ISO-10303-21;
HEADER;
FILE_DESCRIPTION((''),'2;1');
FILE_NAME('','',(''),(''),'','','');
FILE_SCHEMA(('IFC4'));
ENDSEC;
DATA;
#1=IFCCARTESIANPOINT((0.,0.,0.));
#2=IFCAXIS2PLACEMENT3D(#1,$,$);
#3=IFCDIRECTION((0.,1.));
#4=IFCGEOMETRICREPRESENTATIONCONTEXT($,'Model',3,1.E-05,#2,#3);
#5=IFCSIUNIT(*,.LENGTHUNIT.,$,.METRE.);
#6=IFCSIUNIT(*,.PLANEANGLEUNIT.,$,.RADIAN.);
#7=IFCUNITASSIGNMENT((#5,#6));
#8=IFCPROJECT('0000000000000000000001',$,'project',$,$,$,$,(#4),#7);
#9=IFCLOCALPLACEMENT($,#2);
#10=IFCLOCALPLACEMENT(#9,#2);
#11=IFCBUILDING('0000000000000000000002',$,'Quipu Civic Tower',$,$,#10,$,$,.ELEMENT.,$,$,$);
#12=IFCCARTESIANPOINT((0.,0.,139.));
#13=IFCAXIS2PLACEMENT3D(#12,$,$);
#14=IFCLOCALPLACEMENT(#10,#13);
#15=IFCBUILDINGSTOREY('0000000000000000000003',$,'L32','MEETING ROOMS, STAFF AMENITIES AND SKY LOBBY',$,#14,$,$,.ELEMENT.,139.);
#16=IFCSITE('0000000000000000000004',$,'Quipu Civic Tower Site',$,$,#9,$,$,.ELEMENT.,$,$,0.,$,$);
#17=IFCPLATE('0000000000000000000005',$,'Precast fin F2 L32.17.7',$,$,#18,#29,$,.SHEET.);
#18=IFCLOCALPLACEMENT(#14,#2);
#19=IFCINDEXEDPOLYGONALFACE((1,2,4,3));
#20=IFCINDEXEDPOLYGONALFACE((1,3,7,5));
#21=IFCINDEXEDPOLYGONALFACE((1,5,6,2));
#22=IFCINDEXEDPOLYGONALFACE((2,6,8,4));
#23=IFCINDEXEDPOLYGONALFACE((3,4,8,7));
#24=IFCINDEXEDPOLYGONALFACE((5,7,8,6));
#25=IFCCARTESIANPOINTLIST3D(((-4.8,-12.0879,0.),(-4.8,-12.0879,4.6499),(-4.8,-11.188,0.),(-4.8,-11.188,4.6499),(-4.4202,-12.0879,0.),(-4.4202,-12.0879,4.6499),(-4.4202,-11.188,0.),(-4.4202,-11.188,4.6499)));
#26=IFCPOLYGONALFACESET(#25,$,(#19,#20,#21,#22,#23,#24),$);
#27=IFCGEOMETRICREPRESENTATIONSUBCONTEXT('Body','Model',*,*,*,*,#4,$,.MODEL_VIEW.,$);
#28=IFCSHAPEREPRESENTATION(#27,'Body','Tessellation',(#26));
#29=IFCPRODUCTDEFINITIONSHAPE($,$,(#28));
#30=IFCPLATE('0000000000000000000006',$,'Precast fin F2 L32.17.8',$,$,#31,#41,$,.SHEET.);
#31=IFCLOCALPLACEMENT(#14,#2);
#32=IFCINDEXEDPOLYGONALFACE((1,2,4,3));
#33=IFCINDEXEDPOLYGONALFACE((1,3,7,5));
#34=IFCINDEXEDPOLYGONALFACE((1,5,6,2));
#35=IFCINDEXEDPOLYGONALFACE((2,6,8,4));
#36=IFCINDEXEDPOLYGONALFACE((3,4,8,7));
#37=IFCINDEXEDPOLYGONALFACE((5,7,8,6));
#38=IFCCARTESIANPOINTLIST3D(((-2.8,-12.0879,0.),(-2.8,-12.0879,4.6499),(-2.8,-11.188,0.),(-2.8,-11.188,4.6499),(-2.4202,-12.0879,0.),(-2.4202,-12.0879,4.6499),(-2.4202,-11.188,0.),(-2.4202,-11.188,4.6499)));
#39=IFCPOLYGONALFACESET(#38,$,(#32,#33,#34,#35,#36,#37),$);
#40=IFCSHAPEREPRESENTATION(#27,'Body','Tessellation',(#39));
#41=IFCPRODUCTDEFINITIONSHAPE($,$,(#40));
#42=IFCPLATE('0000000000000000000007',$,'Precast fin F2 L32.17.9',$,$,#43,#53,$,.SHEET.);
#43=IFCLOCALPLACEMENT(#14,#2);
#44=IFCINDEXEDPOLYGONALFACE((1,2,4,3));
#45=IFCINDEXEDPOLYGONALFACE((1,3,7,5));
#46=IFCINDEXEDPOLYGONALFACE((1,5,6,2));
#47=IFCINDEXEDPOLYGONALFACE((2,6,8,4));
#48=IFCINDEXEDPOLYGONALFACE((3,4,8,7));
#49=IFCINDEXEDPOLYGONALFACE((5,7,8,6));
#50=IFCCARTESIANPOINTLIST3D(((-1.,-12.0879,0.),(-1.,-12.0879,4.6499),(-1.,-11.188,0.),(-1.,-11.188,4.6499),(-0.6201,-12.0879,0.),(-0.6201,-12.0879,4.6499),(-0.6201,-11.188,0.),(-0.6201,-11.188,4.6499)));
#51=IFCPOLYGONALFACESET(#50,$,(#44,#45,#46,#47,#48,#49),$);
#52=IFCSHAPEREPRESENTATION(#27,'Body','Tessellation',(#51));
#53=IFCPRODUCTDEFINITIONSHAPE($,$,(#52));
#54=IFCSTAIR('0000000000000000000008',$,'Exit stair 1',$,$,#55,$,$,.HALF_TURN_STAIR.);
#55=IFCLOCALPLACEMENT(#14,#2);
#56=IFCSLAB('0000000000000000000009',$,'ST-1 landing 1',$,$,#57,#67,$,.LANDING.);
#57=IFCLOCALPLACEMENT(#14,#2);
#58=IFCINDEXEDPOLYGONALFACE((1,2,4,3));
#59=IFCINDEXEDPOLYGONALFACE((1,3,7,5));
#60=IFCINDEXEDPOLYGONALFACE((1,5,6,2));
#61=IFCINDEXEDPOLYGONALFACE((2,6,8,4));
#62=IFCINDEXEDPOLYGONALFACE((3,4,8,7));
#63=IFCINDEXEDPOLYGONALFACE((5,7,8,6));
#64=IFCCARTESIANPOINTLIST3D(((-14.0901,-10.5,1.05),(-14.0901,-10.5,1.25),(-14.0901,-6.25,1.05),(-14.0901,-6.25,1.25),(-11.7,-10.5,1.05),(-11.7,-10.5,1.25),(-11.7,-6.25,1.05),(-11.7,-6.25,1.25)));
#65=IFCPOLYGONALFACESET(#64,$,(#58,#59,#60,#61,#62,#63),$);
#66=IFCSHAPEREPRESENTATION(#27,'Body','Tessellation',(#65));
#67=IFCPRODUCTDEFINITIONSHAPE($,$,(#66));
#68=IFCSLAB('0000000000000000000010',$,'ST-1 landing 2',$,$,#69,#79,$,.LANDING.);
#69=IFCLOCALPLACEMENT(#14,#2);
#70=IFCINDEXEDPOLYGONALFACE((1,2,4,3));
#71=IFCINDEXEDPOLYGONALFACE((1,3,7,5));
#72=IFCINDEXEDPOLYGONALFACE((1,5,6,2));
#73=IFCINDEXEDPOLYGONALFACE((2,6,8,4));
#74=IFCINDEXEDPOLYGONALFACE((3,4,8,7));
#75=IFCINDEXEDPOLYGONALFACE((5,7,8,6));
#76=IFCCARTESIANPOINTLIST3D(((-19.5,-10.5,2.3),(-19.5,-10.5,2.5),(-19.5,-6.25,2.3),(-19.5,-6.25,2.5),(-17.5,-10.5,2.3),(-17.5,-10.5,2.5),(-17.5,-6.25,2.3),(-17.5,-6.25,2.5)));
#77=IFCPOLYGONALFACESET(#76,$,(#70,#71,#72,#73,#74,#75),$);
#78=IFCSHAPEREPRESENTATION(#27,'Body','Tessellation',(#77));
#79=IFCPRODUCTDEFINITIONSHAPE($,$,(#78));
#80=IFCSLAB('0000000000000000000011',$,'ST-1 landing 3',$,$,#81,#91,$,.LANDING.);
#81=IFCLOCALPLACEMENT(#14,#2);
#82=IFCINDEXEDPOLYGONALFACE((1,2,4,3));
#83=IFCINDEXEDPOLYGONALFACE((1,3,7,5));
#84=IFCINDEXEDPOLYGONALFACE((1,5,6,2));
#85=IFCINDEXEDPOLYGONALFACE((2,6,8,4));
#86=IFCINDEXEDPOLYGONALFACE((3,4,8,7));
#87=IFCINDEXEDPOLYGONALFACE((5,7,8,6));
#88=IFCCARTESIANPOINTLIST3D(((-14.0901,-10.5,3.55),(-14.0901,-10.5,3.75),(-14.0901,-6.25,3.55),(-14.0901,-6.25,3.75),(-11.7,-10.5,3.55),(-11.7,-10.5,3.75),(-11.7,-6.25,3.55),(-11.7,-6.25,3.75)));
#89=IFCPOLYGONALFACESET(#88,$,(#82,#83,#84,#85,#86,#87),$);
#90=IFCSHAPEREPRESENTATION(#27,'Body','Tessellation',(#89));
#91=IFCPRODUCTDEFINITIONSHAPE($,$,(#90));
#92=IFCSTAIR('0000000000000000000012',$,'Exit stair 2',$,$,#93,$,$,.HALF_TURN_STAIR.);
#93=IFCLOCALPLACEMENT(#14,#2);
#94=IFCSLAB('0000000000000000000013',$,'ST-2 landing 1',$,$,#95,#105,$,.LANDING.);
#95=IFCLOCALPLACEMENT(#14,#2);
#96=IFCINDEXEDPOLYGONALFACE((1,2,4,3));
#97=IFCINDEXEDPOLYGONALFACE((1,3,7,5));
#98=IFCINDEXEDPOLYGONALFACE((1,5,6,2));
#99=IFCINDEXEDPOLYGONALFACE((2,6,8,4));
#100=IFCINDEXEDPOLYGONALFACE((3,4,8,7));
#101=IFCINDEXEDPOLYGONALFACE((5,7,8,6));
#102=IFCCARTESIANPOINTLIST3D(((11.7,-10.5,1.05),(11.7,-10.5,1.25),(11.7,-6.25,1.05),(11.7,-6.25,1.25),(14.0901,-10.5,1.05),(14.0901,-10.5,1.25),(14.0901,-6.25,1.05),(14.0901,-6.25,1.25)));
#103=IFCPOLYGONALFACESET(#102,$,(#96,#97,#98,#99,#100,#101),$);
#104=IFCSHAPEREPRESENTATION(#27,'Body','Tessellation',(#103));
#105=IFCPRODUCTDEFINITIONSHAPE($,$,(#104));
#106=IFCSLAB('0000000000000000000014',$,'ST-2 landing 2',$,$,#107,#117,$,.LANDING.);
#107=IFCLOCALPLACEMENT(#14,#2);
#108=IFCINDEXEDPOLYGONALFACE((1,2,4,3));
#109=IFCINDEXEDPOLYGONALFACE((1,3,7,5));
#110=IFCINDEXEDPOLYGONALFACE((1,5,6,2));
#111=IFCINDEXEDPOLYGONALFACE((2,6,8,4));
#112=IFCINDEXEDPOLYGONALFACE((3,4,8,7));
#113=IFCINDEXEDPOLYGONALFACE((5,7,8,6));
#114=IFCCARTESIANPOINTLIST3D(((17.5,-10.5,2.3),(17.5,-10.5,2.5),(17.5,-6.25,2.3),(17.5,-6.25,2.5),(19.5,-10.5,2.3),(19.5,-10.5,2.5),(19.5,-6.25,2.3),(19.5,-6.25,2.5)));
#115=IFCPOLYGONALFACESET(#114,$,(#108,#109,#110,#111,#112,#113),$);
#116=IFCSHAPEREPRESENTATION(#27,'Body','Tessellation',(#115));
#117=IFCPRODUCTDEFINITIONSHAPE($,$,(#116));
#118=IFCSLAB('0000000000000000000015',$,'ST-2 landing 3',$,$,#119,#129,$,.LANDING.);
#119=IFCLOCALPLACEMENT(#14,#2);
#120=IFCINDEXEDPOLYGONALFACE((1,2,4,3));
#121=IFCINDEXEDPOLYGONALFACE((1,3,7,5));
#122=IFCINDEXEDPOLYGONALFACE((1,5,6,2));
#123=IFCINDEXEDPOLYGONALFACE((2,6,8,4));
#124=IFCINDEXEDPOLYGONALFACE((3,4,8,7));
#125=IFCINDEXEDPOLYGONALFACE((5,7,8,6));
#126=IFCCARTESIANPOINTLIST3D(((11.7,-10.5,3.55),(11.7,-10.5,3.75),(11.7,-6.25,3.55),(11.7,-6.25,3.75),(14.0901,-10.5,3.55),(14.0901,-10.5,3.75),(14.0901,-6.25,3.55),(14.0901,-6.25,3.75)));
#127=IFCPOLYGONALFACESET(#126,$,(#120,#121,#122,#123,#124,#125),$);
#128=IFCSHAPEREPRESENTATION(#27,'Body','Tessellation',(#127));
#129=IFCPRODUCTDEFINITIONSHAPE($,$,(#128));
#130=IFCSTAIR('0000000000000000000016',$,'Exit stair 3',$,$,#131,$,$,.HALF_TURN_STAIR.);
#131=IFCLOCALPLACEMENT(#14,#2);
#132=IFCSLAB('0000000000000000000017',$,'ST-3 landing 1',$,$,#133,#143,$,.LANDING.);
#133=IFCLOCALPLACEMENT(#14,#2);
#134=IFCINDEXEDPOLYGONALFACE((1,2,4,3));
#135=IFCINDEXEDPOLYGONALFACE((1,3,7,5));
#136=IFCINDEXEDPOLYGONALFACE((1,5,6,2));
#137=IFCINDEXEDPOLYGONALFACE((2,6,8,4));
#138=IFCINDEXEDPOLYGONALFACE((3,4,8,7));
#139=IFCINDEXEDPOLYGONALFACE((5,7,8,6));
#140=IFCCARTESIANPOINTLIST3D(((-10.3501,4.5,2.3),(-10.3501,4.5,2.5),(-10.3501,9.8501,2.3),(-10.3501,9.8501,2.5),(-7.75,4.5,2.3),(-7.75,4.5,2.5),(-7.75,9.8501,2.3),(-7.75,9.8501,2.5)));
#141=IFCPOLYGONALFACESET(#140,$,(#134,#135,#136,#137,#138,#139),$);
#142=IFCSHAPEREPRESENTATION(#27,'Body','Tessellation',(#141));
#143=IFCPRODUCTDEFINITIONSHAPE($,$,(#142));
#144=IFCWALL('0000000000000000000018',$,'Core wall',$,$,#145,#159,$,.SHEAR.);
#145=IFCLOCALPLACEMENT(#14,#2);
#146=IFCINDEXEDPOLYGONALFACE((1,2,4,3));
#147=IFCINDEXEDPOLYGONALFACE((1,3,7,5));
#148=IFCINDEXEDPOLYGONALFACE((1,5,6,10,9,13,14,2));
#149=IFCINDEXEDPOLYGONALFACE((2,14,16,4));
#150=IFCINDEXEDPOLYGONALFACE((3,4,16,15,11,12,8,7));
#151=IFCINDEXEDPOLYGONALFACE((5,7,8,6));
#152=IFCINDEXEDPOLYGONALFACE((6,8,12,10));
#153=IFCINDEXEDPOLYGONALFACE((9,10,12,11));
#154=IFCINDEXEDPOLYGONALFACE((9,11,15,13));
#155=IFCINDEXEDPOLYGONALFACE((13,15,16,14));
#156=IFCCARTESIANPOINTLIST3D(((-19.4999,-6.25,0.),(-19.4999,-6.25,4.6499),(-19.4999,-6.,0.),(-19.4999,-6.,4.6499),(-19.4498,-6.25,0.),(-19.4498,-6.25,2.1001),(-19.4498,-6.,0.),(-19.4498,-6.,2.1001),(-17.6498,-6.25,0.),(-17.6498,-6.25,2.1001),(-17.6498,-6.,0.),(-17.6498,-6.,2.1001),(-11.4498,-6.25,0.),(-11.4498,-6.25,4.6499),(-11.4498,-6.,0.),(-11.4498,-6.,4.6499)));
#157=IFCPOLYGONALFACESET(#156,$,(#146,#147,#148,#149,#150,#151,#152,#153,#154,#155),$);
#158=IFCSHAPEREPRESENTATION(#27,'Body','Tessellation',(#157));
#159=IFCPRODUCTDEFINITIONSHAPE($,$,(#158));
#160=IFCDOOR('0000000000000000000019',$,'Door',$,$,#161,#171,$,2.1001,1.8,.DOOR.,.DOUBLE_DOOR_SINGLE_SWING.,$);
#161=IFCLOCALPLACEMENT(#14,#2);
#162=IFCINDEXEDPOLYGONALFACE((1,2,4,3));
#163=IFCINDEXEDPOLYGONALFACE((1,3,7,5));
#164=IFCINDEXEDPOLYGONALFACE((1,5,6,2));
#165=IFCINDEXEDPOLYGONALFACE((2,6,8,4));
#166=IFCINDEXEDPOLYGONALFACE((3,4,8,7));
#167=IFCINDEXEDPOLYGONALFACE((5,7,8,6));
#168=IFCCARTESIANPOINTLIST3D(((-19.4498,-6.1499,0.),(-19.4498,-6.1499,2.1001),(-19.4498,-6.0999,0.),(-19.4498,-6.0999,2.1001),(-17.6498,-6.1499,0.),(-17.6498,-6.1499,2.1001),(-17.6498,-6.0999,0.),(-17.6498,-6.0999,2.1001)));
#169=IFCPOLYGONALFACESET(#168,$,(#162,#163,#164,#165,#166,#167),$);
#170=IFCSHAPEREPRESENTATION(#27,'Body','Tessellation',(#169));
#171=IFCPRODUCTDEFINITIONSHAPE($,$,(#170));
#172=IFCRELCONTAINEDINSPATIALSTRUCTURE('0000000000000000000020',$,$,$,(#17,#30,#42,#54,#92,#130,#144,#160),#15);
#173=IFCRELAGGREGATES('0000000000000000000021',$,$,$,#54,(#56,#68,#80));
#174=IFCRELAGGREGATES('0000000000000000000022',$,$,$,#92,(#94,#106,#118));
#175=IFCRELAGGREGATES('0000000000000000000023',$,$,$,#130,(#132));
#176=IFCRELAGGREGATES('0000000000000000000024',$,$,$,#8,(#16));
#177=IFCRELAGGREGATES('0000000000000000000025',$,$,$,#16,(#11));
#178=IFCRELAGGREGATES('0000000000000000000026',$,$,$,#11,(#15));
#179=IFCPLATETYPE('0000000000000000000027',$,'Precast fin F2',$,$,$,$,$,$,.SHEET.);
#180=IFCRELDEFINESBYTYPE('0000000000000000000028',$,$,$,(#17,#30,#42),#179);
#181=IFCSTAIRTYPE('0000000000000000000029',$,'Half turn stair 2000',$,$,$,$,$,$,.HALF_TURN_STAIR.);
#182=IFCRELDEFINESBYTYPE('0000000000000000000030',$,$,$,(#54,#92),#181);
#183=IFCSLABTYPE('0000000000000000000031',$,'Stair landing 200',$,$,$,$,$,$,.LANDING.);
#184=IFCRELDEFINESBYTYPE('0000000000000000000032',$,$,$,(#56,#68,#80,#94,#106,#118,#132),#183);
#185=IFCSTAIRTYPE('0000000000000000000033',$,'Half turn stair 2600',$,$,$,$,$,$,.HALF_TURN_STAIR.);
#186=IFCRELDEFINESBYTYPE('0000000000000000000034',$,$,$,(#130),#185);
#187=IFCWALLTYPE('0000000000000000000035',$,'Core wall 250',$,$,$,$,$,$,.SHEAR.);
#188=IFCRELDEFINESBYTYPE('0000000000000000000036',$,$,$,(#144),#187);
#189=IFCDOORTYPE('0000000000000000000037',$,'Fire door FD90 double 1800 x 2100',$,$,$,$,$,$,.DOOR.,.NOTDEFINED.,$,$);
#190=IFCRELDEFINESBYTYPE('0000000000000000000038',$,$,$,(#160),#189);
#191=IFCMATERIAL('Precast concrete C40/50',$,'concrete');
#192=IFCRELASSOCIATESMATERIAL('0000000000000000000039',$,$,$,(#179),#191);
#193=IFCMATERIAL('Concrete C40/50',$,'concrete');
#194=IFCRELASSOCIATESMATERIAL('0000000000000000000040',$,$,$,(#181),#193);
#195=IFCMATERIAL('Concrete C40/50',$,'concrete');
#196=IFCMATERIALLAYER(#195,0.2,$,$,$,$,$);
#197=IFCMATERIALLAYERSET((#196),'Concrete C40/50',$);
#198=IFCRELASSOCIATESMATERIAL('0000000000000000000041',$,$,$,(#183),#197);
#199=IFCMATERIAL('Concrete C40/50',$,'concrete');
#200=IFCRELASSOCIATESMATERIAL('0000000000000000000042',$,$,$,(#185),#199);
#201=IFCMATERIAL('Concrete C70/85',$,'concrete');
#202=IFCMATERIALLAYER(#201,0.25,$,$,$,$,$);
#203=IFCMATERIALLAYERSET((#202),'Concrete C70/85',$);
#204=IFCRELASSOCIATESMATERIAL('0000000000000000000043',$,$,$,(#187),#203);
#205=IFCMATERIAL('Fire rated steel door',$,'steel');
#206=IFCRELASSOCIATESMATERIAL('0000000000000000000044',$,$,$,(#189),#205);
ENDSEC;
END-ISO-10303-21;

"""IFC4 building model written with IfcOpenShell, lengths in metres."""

from ifc_helpers import new_model, si_unit, direction, frame, frame_2d, origin, origin_2d, place, context, subcontext, project, spatial, polyline, rectangle, outline, extrude, material, layer, layer_set, type_object, element, fill, aggregate, save


model = new_model("IFC4")

# Units and contexts
model_context = context("Model", 3, precision=1e-05, world=origin(), true_north=direction((0.0, 1.0)))
body_context = subcontext(model_context, "Body", "Model", "MODEL_VIEW")
ifc_project = project(units=[si_unit("LENGTHUNIT", "METRE"), si_unit("PLANEANGLEUNIT", "RADIAN")], contexts=[model_context])

# Site, building, storey
site_placement = place(None, origin())
site = spatial("IfcSite", under=ifc_project, at=site_placement, Name="Quipu Civic Tower Site", CompositionType="ELEMENT", RefElevation=0.0)
building_placement = place(site_placement, origin())
building = spatial("IfcBuilding", under=site, at=building_placement, Name="Quipu Civic Tower", CompositionType="ELEMENT")
storey_placement = place(building_placement, frame((0.0, 0.0, 139.0)))
storey = spatial("IfcBuildingStorey", under=building, at=storey_placement, Name="L32", Description="MEETING ROOMS, STAFF AMENITIES AND SKY LOBBY", CompositionType="ELEMENT", Elevation=139.0)

# Plates
ifc_material_1 = material(Name="Precast concrete C40/50", Category="concrete")
plate_type = type_object("IfcPlateType", Name="Precast fin F2", PredefinedType="SHEET", material=ifc_material_1)
for number, where, z_axis, x_axis, name in (
    (1, (-4.6101, -11.6379, 0.0), (0.0, 0.0, 1.0), (1.0, 0.0, 0.0), "Precast fin F2 L32.17.7"),
    (2, (-2.6101, -11.6379, 0.0), (0.0, 0.0, 1.0), (1.0, 0.0, 0.0), "Precast fin F2 L32.17.8"),
    (3, (-0.8101, -11.6379, 0.0), (0.0, 0.0, 1.0), (1.0, 0.0, 0.0), "Precast fin F2 L32.17.9"),
):
    element("IfcPlate", number, at=place(storey_placement, frame(where, z_axis=z_axis, x_axis=x_axis)), inside=storey, type_object=plate_type, Name=name, PredefinedType="SHEET", context=body_context, shape_type="SweptSolid", body=[
        extrude(rectangle(XDim=0.3799, YDim=0.8999, at=origin_2d()), origin(), (0.0, 0.0, 1.0), 4.6499),
    ])

# Stairs, slabs
ifc_material_2 = material(Name="Concrete C40/50", Category="concrete")
stair_type_1 = type_object("IfcStairType", Name="Half turn stair 2000", PredefinedType="HALF_TURN_STAIR", material=ifc_material_2)
stair_1_placement = place(storey_placement, origin())
stair_1 = element("IfcStair", 4, at=stair_1_placement, inside=storey, type_object=stair_type_1, Name="Exit stair 1", PredefinedType="HALF_TURN_STAIR")
ifc_material_3 = material(Name="Concrete C40/50", Category="concrete")
ifc_layer_1 = layer(ifc_material_3, 0.2)
ifc_layer_set_1 = layer_set([ifc_layer_1], Name="Concrete C40/50")
slab_type_1 = type_object("IfcSlabType", Name="Stair landing 200", PredefinedType="LANDING", material=ifc_layer_set_1)
slab_1_placement = place(storey_placement, frame((0.0, 0.0, 1.05)))
slab_1 = element("IfcSlab", 5, at=slab_1_placement, type_object=slab_type_1, Name="ST-1 landing 1", PredefinedType="LANDING", context=body_context, shape_type="SweptSolid", body=[
    extrude(outline(polyline([(-14.0901, -10.5), (-11.7, -10.5), (-11.7, -6.25), (-14.0901, -6.25), (-14.0901, -10.5)])), origin(), (0.0, 0.0, 1.0), 0.2),
])
slab_2_placement = place(storey_placement, frame((0.0, 0.0, 2.3)))
slab_2 = element("IfcSlab", 6, at=slab_2_placement, type_object=slab_type_1, Name="ST-1 landing 2", PredefinedType="LANDING", context=body_context, shape_type="SweptSolid", body=[
    extrude(outline(polyline([(-19.5, -10.5), (-17.5, -10.5), (-17.5, -6.25), (-19.5, -6.25), (-19.5, -10.5)])), origin(), (0.0, 0.0, 1.0), 0.2),
])
slab_3_placement = place(storey_placement, frame((0.0, 0.0, 3.55)))
slab_3 = element("IfcSlab", 7, at=slab_3_placement, type_object=slab_type_1, Name="ST-1 landing 3", PredefinedType="LANDING", context=body_context, shape_type="SweptSolid", body=[
    extrude(outline(polyline([(-14.0901, -10.5), (-11.7, -10.5), (-11.7, -6.25), (-14.0901, -6.25), (-14.0901, -10.5)])), origin(), (0.0, 0.0, 1.0), 0.2),
])
aggregate(stair_1, [slab_1, slab_2, slab_3])
stair_2_placement = place(storey_placement, origin())
stair_2 = element("IfcStair", 8, at=stair_2_placement, inside=storey, type_object=stair_type_1, Name="Exit stair 2", PredefinedType="HALF_TURN_STAIR")
slab_4_placement = place(storey_placement, frame((0.0, 0.0, 1.05)))
slab_4 = element("IfcSlab", 9, at=slab_4_placement, type_object=slab_type_1, Name="ST-2 landing 1", PredefinedType="LANDING", context=body_context, shape_type="SweptSolid", body=[
    extrude(outline(polyline([(14.0901, -6.25), (11.7, -6.25), (11.7, -10.5), (14.0901, -10.5), (14.0901, -6.25)])), origin(), (0.0, 0.0, 1.0), 0.2),
])
slab_5_placement = place(storey_placement, frame((0.0, 0.0, 2.3)))
slab_5 = element("IfcSlab", 10, at=slab_5_placement, type_object=slab_type_1, Name="ST-2 landing 2", PredefinedType="LANDING", context=body_context, shape_type="SweptSolid", body=[
    extrude(outline(polyline([(19.5, -6.25), (17.5, -6.25), (17.5, -10.5), (19.5, -10.5), (19.5, -6.25)])), origin(), (0.0, 0.0, 1.0), 0.2),
])
slab_6_placement = place(storey_placement, frame((0.0, 0.0, 3.55)))
slab_6 = element("IfcSlab", 11, at=slab_6_placement, type_object=slab_type_1, Name="ST-2 landing 3", PredefinedType="LANDING", context=body_context, shape_type="SweptSolid", body=[
    extrude(outline(polyline([(14.0901, -6.25), (11.7, -6.25), (11.7, -10.5), (14.0901, -10.5), (14.0901, -6.25)])), origin(), (0.0, 0.0, 1.0), 0.2),
])
aggregate(stair_2, [slab_4, slab_5, slab_6])

# Stair, slab
ifc_material_4 = material(Name="Concrete C40/50", Category="concrete")
stair_type_2 = type_object("IfcStairType", Name="Half turn stair 2600", PredefinedType="HALF_TURN_STAIR", material=ifc_material_4)
stair_3_placement = place(storey_placement, origin())
stair_3 = element("IfcStair", 12, at=stair_3_placement, inside=storey, type_object=stair_type_2, Name="Exit stair 3", PredefinedType="HALF_TURN_STAIR")
slab_7_placement = place(storey_placement, frame((0.0, 0.0, 2.3)))
slab_7 = element("IfcSlab", 13, at=slab_7_placement, type_object=slab_type_1, Name="ST-3 landing 1", PredefinedType="LANDING", context=body_context, shape_type="SweptSolid", body=[
    extrude(outline(polyline([(-10.3501, 4.5), (-7.75, 4.5), (-7.75, 9.8501), (-10.3501, 9.8501), (-10.3501, 4.5)])), origin(), (0.0, 0.0, 1.0), 0.2),
])
aggregate(stair_3, [slab_7])

# Wall, opening, door
ifc_material_5 = material(Name="Concrete C70/85", Category="concrete")
ifc_layer_2 = layer(ifc_material_5, 0.25)
ifc_layer_set_2 = layer_set([ifc_layer_2], Name="Concrete C70/85")
wall_type_1 = type_object("IfcWallType", Name="Core wall 250", PredefinedType="SHEAR", material=ifc_layer_set_2)
wall_1_placement = place(storey_placement, frame((-11.45, -6.125, 0.0), z_axis=(0.0, 0.0, 1.0), x_axis=(-1.0, 0.0, 0.0)))
wall_1 = element("IfcWall", 14, at=wall_1_placement, inside=storey, type_object=wall_type_1, Name="Core wall", PredefinedType="SHEAR", context=body_context, shape_type="SweptSolid", body=[
    extrude(rectangle(XDim=8.05, YDim=0.25, at=frame_2d((4.0249, 0.0))), origin(), (0.0, 0.0, 1.0), 4.6499),
])
opening_1_placement = place(wall_1_placement, frame((6.2, 0.0, 0.0)))
opening_1 = element("IfcOpeningElement", 15, at=opening_1_placement, cuts=wall_1, PredefinedType="OPENING", context=body_context, shape_type="SweptSolid", body=[
    extrude(rectangle(XDim=1.8, YDim=2.1001, at=frame_2d((0.8999, 1.05))), frame((0.0, 0.135, 0.0), z_axis=(0.0, -1.0, 0.0), x_axis=(1.0, 0.0, 0.0)), (0.0, 0.0, 1.0), 0.27),
])
ifc_material_6 = material(Name="Fire rated steel door", Category="steel")
door_type_1 = type_object("IfcDoorType", Name="Fire door FD90 double 1800 x 2100", OperationType="NOTDEFINED", PredefinedType="DOOR", material=ifc_material_6)
door_1_placement = place(opening_1_placement, origin())
door_1 = element("IfcDoor", 16, at=door_1_placement, inside=storey, type_object=door_type_1, Name="Door", OperationType="DOUBLE_DOOR_SINGLE_SWING", OverallHeight=2.1001, OverallWidth=1.8, PredefinedType="DOOR", context=body_context, shape_type="SweptSolid", body=[
    extrude(rectangle(XDim=1.8, YDim=2.1001, at=frame_2d((0.8999, 1.05))), frame((0.0, 0.0249, 0.0), z_axis=(0.0, -1.0, 0.0), x_axis=(1.0, 0.0, 0.0)), (0.0, 0.0, 1.0), 0.05),
])
fill(opening_1, door_1)

save(model, "model.ifc")
